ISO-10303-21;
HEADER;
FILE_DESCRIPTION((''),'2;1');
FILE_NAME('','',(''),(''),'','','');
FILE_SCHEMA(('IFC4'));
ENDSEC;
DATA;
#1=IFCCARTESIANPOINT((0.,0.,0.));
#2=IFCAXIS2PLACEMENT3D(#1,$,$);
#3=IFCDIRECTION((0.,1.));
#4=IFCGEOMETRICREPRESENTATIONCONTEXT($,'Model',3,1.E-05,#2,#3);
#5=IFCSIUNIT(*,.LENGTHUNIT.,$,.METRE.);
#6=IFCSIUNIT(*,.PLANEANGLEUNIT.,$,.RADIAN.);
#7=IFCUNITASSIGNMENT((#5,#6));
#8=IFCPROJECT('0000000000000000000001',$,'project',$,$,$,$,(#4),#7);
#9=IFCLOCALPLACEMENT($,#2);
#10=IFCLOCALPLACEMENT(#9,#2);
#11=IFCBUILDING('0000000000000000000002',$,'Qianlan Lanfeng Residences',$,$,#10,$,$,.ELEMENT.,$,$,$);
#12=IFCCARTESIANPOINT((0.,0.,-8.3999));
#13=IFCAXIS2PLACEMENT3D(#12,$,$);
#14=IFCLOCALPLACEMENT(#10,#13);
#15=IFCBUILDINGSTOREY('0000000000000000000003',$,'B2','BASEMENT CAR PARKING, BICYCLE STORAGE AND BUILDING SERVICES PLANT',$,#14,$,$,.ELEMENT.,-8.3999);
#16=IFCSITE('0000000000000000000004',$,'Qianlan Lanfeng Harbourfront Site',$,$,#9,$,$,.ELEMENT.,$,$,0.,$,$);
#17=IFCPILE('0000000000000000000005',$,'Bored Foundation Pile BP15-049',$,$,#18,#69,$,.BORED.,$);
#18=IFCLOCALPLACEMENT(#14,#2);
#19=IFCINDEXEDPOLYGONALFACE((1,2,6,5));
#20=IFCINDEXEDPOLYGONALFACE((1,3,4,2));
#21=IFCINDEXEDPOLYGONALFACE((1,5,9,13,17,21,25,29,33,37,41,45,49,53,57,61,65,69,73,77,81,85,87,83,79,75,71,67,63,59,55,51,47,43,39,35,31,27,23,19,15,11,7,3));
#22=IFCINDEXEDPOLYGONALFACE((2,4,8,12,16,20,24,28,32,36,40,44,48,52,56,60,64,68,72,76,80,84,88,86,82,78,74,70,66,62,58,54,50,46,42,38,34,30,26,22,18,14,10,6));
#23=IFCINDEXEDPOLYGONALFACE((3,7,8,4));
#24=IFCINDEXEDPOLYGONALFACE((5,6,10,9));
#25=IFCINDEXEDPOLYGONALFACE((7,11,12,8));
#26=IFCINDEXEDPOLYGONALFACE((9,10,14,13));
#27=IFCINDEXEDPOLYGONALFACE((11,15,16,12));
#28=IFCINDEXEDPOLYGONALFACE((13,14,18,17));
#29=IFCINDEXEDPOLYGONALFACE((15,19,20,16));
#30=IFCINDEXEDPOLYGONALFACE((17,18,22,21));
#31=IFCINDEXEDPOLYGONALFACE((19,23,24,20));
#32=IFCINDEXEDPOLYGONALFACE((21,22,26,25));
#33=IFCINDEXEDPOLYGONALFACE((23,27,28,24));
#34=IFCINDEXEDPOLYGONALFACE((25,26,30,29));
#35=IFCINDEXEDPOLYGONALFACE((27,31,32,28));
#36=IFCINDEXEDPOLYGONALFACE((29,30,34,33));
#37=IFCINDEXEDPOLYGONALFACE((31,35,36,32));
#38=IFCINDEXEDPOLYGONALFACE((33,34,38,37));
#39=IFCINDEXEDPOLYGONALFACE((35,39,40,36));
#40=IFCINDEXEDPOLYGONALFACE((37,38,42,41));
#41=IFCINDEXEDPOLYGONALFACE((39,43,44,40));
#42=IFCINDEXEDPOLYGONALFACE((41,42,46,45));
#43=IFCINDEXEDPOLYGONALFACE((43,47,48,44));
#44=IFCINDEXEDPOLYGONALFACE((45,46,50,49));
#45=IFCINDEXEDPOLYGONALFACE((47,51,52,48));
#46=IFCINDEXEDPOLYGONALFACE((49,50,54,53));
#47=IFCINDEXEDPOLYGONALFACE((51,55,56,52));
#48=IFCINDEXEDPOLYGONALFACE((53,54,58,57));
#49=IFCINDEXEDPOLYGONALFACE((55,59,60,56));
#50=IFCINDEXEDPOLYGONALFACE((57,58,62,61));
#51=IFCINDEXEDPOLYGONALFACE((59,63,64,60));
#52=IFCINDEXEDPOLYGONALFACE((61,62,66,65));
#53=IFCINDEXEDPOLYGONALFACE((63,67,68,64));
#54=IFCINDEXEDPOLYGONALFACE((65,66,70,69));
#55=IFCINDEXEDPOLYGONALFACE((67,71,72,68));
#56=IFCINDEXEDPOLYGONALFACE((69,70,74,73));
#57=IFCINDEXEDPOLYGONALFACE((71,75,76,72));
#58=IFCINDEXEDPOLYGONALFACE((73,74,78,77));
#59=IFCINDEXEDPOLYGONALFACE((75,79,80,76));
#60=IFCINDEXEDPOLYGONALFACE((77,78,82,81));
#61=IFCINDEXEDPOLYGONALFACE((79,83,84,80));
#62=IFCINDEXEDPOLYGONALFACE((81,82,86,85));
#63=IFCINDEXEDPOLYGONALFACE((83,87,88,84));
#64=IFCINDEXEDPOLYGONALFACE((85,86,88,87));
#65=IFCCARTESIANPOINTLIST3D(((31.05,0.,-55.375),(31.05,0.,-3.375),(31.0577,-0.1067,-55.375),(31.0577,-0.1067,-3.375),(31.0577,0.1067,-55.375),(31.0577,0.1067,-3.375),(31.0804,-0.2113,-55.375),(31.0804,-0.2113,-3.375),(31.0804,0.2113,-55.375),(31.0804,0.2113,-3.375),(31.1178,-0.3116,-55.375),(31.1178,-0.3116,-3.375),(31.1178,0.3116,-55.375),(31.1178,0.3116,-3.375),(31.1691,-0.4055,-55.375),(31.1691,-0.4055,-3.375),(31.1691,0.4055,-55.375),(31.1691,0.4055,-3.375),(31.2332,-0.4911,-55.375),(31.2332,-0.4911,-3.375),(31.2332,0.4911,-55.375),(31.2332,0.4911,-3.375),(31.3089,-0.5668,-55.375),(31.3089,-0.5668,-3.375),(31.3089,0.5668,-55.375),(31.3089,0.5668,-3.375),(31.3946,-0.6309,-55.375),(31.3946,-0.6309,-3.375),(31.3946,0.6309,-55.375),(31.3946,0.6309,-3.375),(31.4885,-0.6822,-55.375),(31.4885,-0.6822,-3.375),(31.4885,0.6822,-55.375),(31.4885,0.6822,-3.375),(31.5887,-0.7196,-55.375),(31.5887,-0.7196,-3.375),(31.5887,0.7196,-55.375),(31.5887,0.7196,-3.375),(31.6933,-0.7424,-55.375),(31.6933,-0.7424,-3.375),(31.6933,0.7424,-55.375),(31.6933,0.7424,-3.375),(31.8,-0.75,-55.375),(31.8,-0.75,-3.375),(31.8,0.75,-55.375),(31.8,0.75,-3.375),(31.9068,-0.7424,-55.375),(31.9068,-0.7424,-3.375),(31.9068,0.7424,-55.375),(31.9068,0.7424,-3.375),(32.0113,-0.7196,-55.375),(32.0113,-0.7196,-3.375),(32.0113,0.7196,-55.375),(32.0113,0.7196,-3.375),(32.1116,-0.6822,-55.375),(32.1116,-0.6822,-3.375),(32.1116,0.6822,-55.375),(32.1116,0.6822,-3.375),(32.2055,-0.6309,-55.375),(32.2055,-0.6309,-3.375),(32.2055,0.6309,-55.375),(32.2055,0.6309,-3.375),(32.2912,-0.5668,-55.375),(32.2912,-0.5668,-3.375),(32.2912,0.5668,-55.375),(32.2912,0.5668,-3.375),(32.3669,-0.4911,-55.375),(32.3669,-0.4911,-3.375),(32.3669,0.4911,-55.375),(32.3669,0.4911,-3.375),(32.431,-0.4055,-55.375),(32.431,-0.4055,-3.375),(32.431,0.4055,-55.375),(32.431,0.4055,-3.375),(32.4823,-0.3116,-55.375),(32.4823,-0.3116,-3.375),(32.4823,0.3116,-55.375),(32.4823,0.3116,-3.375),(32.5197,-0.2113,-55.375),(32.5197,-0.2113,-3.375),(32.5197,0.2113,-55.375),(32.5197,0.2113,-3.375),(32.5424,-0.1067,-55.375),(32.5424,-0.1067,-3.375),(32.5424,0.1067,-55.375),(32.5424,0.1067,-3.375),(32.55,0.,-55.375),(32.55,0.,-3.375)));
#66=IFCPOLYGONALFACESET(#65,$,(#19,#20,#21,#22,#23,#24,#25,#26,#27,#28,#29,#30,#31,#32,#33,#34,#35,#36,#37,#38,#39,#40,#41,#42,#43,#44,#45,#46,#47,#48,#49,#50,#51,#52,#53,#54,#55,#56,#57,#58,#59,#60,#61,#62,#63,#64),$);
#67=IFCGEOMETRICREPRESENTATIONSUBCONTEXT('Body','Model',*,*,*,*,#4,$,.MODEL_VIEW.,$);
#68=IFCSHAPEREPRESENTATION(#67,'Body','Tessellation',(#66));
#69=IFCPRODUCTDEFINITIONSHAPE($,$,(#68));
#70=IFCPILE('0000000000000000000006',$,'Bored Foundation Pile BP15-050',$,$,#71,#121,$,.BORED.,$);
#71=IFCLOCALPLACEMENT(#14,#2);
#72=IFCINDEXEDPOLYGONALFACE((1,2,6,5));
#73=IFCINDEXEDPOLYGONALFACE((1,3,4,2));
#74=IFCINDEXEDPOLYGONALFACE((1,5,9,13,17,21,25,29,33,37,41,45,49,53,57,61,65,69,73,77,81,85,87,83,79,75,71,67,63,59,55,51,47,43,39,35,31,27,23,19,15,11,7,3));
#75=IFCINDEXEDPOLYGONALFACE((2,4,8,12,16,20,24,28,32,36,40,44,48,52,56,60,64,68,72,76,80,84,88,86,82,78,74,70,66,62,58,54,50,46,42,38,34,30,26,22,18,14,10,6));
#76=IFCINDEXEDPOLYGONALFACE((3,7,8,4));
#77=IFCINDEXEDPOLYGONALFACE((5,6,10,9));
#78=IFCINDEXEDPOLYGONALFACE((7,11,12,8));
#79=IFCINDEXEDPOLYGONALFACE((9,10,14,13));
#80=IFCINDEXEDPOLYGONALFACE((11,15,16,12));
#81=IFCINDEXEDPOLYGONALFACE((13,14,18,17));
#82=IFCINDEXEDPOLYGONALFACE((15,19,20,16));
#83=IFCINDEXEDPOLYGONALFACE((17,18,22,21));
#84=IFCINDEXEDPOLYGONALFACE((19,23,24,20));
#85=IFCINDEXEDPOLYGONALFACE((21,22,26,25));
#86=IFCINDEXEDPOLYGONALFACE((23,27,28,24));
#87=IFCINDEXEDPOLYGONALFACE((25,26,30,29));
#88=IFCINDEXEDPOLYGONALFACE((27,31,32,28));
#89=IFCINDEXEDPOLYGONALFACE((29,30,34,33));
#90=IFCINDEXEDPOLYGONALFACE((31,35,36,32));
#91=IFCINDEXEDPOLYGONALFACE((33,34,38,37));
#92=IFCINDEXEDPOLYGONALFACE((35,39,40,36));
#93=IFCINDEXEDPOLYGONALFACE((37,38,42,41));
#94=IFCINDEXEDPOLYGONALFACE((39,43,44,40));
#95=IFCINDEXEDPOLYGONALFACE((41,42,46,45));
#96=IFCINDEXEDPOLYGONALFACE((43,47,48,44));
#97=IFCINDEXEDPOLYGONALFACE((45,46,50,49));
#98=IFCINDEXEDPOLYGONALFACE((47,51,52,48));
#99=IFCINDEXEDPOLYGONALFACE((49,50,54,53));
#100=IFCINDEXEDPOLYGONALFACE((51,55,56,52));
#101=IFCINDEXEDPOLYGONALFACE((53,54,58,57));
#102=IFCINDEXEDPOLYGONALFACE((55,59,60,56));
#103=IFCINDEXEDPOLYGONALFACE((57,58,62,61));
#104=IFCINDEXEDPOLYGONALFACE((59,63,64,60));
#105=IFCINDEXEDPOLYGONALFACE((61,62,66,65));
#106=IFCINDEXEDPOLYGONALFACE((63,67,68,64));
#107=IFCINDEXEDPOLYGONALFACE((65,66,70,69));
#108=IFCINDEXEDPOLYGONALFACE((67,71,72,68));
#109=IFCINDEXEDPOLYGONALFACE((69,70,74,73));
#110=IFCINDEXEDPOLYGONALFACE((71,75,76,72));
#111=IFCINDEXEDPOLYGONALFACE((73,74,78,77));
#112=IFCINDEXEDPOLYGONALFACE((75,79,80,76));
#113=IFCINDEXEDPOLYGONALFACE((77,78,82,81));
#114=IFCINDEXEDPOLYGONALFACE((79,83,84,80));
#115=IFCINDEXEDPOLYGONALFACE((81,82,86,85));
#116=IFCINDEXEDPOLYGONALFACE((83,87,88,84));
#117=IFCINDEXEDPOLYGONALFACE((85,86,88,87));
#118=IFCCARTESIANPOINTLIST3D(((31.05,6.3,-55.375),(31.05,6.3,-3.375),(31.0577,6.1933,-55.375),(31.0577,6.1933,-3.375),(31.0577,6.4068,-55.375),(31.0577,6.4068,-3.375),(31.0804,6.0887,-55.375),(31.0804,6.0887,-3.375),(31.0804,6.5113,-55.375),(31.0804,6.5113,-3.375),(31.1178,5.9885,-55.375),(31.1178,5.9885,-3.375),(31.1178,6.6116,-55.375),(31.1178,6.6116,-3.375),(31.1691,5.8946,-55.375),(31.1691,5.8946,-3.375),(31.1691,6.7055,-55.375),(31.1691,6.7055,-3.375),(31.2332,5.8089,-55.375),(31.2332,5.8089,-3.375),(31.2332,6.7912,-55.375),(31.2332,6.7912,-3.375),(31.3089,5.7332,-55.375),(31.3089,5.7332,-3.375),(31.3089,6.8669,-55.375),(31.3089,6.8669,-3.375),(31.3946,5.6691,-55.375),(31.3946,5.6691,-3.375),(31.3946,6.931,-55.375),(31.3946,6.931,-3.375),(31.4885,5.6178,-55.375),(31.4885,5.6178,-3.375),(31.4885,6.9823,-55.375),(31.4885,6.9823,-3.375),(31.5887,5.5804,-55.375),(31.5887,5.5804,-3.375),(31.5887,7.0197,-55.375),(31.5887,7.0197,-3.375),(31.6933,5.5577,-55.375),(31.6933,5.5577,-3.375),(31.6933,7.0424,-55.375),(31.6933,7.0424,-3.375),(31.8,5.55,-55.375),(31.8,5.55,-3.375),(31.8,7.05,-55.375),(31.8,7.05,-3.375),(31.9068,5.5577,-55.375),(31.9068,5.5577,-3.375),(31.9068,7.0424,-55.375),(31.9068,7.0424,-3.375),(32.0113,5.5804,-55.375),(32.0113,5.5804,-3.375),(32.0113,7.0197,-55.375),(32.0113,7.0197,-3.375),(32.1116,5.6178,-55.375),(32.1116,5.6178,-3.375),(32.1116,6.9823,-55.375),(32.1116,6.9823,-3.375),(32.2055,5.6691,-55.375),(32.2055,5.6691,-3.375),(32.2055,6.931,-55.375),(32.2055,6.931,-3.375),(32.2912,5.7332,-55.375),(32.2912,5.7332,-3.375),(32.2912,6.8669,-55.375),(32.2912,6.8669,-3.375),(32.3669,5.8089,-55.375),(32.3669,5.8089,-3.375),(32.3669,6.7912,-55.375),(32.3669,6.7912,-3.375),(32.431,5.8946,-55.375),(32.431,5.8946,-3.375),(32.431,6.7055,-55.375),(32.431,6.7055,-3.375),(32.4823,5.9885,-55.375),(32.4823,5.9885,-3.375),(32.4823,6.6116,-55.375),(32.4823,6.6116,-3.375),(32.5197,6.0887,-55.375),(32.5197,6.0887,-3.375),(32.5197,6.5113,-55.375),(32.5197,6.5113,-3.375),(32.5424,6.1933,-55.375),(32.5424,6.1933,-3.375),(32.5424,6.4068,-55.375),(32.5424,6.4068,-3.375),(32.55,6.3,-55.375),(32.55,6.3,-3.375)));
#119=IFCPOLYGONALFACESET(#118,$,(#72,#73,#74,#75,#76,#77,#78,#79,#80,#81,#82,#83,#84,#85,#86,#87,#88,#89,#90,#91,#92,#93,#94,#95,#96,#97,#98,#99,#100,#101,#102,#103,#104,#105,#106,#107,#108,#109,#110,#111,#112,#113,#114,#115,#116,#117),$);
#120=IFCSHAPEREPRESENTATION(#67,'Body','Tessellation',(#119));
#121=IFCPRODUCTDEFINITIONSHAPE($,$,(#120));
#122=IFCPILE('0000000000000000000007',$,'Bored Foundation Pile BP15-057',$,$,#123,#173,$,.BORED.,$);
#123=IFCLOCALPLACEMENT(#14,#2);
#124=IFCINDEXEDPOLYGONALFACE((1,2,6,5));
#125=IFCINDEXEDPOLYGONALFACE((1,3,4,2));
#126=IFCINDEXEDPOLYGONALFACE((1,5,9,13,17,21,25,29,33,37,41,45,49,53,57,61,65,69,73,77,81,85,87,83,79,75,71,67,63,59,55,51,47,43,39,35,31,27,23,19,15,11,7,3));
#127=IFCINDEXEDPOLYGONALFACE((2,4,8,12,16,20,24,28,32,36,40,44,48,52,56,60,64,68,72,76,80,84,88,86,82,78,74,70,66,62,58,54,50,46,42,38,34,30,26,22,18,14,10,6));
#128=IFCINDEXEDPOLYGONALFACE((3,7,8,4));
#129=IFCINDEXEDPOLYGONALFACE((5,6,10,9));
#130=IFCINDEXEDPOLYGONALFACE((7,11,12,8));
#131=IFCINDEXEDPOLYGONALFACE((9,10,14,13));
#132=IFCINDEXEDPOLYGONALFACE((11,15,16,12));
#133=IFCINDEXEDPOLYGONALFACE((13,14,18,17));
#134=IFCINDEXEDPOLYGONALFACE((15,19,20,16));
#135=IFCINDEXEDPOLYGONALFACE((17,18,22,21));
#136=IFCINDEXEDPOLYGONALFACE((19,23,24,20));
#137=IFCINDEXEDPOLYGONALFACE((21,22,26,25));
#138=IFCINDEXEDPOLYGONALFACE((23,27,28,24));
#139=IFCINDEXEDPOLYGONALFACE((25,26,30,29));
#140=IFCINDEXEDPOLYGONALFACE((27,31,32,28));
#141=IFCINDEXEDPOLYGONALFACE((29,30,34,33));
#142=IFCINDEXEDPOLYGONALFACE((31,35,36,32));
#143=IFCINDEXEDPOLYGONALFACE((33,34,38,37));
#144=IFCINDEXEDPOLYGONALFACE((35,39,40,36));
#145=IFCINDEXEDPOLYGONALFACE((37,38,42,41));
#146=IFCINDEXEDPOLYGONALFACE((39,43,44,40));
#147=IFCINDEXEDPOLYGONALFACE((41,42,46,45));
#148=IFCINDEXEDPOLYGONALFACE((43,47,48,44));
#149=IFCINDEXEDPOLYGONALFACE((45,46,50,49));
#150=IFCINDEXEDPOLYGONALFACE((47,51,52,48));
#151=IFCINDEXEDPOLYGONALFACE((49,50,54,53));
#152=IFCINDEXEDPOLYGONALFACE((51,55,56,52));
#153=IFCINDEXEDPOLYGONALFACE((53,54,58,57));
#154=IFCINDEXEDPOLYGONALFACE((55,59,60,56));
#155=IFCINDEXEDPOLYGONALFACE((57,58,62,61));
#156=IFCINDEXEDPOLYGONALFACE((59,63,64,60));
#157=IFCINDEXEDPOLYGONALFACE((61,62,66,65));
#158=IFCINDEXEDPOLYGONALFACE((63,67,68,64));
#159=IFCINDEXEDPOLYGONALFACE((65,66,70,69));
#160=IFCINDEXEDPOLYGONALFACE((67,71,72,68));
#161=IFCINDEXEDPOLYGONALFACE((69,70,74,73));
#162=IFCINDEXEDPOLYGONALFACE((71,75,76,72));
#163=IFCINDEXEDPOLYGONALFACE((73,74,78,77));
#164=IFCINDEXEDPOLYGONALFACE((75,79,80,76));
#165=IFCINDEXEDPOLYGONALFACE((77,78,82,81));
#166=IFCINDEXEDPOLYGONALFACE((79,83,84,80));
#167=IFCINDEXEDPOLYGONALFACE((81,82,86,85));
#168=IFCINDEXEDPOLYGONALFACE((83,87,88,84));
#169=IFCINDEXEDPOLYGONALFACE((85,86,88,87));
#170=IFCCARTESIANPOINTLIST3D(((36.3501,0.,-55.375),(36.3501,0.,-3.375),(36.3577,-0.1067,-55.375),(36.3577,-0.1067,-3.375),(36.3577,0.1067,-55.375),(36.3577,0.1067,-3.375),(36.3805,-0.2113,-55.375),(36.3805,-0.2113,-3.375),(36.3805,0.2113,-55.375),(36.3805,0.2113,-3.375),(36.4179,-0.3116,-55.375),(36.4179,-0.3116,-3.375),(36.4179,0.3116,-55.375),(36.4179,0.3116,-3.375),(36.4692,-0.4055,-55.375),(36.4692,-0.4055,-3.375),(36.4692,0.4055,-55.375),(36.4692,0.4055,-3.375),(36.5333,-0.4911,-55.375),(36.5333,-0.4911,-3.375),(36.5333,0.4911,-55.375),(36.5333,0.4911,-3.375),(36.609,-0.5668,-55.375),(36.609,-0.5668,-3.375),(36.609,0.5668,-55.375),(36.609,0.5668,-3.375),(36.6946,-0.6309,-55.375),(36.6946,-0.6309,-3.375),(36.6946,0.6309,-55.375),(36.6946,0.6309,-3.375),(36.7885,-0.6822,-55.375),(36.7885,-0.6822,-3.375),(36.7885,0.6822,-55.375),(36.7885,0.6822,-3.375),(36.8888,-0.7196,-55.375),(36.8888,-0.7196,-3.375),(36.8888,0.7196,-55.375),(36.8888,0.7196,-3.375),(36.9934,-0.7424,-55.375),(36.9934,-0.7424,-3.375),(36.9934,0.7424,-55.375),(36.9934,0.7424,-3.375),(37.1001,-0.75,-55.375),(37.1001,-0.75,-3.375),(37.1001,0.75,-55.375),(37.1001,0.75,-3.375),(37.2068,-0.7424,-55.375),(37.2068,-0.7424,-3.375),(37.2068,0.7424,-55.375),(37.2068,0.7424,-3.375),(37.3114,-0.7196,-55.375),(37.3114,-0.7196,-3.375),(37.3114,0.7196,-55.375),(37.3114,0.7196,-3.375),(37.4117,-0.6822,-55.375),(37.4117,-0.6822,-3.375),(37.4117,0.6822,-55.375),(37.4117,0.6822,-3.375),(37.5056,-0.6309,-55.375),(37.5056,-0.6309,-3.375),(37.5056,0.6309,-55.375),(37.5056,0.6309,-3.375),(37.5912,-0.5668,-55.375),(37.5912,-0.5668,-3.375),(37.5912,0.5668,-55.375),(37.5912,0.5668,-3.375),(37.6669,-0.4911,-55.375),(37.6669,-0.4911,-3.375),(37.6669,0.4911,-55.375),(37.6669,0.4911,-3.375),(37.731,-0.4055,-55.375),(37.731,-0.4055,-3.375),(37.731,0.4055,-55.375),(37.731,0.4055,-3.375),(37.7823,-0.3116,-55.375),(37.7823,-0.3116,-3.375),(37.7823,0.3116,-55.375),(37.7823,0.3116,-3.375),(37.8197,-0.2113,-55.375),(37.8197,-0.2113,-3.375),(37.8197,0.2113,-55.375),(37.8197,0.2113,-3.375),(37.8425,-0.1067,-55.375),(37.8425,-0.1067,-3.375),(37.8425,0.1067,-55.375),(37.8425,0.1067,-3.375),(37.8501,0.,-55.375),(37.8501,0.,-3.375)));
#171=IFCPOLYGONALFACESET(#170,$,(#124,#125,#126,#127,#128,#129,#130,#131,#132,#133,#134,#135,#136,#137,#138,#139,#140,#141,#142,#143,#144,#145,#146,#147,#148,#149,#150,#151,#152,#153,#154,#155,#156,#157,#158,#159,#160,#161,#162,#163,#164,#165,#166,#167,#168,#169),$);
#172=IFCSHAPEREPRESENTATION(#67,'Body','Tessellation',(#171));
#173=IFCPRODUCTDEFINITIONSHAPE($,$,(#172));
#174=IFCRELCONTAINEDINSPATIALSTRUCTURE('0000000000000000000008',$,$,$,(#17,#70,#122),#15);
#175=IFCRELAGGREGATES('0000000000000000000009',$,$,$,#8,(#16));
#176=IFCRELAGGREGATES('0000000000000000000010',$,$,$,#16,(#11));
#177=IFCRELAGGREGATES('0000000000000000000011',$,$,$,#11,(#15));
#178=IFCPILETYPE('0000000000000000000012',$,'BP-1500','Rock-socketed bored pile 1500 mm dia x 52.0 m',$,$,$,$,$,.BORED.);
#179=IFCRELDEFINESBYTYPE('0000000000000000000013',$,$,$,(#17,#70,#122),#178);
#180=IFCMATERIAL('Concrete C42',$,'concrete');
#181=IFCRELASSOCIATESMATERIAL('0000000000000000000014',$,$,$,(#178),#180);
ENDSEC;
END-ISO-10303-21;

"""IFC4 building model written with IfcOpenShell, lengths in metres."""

from ifc_helpers import new_model, si_unit, direction, frame, origin, origin_2d, place, context, subcontext, project, spatial, circle, extrude, material, material_profile, profile_set, type_object, element, save


model = new_model("IFC4")

# Units and contexts
model_context = context("Model", 3, precision=1e-05, world=origin(), true_north=direction((0.0, 1.0)))
body_context = subcontext(model_context, "Body", "Model", "MODEL_VIEW")
ifc_project = project(units=[si_unit("LENGTHUNIT", "METRE"), si_unit("PLANEANGLEUNIT", "RADIAN")], contexts=[model_context])

# Site, building, storey
site_placement = place(None, origin())
site = spatial("IfcSite", under=ifc_project, at=site_placement, Name="Qianlan Lanfeng Harbourfront Site", CompositionType="ELEMENT", RefElevation=0.0)
building_placement = place(site_placement, origin())
building = spatial("IfcBuilding", under=site, at=building_placement, Name="Qianlan Lanfeng Residences", CompositionType="ELEMENT")
storey_placement = place(building_placement, frame((0.0, 0.0, -8.3999)))
storey = spatial("IfcBuildingStorey", under=building, at=storey_placement, Name="B2", Description="BASEMENT CAR PARKING, BICYCLE STORAGE AND BUILDING SERVICES PLANT", CompositionType="ELEMENT", Elevation=-8.3999)

# Piles
ifc_material_1 = material(Name="Concrete C42", Category="concrete")
ifc_material_profile_1 = material_profile(ifc_material_1, circle(Radius=0.75, at=origin_2d()), Name="PILE D1500")
ifc_profile_set_1 = profile_set([ifc_material_profile_1], Name="Concrete C42")
pile_type_1 = type_object("IfcPileType", Name="BP-1500", Description="Rock-socketed bored pile 1500 mm dia x 52.0 m", PredefinedType="BORED", material=ifc_profile_set_1)
for number, where, z_axis, x_axis, name in (
    (1, (31.8, 0.0, -3.375), (0.0, 0.0, -1.0), (1.0, 0.0, 0.0), "Bored Foundation Pile BP15-049"),
    (2, (31.8, 6.3, -3.375), (0.0, 0.0, -1.0), (1.0, 0.0, 0.0), "Bored Foundation Pile BP15-050"),
    (3, (37.1001, 0.0, -3.375), (0.0, 0.0, -1.0), (1.0, 0.0, 0.0), "Bored Foundation Pile BP15-057"),
):
    element("IfcPile", number, at=place(storey_placement, frame(where, z_axis=z_axis, x_axis=x_axis)), inside=storey, type_object=pile_type_1, Name=name, PredefinedType="BORED", context=body_context, shape_type="SweptSolid", body=[
        extrude(circle(Radius=0.75, at=origin_2d()), origin(), (0.0, 0.0, 1.0), 52.0),
    ])

save(model, "model.ifc")
